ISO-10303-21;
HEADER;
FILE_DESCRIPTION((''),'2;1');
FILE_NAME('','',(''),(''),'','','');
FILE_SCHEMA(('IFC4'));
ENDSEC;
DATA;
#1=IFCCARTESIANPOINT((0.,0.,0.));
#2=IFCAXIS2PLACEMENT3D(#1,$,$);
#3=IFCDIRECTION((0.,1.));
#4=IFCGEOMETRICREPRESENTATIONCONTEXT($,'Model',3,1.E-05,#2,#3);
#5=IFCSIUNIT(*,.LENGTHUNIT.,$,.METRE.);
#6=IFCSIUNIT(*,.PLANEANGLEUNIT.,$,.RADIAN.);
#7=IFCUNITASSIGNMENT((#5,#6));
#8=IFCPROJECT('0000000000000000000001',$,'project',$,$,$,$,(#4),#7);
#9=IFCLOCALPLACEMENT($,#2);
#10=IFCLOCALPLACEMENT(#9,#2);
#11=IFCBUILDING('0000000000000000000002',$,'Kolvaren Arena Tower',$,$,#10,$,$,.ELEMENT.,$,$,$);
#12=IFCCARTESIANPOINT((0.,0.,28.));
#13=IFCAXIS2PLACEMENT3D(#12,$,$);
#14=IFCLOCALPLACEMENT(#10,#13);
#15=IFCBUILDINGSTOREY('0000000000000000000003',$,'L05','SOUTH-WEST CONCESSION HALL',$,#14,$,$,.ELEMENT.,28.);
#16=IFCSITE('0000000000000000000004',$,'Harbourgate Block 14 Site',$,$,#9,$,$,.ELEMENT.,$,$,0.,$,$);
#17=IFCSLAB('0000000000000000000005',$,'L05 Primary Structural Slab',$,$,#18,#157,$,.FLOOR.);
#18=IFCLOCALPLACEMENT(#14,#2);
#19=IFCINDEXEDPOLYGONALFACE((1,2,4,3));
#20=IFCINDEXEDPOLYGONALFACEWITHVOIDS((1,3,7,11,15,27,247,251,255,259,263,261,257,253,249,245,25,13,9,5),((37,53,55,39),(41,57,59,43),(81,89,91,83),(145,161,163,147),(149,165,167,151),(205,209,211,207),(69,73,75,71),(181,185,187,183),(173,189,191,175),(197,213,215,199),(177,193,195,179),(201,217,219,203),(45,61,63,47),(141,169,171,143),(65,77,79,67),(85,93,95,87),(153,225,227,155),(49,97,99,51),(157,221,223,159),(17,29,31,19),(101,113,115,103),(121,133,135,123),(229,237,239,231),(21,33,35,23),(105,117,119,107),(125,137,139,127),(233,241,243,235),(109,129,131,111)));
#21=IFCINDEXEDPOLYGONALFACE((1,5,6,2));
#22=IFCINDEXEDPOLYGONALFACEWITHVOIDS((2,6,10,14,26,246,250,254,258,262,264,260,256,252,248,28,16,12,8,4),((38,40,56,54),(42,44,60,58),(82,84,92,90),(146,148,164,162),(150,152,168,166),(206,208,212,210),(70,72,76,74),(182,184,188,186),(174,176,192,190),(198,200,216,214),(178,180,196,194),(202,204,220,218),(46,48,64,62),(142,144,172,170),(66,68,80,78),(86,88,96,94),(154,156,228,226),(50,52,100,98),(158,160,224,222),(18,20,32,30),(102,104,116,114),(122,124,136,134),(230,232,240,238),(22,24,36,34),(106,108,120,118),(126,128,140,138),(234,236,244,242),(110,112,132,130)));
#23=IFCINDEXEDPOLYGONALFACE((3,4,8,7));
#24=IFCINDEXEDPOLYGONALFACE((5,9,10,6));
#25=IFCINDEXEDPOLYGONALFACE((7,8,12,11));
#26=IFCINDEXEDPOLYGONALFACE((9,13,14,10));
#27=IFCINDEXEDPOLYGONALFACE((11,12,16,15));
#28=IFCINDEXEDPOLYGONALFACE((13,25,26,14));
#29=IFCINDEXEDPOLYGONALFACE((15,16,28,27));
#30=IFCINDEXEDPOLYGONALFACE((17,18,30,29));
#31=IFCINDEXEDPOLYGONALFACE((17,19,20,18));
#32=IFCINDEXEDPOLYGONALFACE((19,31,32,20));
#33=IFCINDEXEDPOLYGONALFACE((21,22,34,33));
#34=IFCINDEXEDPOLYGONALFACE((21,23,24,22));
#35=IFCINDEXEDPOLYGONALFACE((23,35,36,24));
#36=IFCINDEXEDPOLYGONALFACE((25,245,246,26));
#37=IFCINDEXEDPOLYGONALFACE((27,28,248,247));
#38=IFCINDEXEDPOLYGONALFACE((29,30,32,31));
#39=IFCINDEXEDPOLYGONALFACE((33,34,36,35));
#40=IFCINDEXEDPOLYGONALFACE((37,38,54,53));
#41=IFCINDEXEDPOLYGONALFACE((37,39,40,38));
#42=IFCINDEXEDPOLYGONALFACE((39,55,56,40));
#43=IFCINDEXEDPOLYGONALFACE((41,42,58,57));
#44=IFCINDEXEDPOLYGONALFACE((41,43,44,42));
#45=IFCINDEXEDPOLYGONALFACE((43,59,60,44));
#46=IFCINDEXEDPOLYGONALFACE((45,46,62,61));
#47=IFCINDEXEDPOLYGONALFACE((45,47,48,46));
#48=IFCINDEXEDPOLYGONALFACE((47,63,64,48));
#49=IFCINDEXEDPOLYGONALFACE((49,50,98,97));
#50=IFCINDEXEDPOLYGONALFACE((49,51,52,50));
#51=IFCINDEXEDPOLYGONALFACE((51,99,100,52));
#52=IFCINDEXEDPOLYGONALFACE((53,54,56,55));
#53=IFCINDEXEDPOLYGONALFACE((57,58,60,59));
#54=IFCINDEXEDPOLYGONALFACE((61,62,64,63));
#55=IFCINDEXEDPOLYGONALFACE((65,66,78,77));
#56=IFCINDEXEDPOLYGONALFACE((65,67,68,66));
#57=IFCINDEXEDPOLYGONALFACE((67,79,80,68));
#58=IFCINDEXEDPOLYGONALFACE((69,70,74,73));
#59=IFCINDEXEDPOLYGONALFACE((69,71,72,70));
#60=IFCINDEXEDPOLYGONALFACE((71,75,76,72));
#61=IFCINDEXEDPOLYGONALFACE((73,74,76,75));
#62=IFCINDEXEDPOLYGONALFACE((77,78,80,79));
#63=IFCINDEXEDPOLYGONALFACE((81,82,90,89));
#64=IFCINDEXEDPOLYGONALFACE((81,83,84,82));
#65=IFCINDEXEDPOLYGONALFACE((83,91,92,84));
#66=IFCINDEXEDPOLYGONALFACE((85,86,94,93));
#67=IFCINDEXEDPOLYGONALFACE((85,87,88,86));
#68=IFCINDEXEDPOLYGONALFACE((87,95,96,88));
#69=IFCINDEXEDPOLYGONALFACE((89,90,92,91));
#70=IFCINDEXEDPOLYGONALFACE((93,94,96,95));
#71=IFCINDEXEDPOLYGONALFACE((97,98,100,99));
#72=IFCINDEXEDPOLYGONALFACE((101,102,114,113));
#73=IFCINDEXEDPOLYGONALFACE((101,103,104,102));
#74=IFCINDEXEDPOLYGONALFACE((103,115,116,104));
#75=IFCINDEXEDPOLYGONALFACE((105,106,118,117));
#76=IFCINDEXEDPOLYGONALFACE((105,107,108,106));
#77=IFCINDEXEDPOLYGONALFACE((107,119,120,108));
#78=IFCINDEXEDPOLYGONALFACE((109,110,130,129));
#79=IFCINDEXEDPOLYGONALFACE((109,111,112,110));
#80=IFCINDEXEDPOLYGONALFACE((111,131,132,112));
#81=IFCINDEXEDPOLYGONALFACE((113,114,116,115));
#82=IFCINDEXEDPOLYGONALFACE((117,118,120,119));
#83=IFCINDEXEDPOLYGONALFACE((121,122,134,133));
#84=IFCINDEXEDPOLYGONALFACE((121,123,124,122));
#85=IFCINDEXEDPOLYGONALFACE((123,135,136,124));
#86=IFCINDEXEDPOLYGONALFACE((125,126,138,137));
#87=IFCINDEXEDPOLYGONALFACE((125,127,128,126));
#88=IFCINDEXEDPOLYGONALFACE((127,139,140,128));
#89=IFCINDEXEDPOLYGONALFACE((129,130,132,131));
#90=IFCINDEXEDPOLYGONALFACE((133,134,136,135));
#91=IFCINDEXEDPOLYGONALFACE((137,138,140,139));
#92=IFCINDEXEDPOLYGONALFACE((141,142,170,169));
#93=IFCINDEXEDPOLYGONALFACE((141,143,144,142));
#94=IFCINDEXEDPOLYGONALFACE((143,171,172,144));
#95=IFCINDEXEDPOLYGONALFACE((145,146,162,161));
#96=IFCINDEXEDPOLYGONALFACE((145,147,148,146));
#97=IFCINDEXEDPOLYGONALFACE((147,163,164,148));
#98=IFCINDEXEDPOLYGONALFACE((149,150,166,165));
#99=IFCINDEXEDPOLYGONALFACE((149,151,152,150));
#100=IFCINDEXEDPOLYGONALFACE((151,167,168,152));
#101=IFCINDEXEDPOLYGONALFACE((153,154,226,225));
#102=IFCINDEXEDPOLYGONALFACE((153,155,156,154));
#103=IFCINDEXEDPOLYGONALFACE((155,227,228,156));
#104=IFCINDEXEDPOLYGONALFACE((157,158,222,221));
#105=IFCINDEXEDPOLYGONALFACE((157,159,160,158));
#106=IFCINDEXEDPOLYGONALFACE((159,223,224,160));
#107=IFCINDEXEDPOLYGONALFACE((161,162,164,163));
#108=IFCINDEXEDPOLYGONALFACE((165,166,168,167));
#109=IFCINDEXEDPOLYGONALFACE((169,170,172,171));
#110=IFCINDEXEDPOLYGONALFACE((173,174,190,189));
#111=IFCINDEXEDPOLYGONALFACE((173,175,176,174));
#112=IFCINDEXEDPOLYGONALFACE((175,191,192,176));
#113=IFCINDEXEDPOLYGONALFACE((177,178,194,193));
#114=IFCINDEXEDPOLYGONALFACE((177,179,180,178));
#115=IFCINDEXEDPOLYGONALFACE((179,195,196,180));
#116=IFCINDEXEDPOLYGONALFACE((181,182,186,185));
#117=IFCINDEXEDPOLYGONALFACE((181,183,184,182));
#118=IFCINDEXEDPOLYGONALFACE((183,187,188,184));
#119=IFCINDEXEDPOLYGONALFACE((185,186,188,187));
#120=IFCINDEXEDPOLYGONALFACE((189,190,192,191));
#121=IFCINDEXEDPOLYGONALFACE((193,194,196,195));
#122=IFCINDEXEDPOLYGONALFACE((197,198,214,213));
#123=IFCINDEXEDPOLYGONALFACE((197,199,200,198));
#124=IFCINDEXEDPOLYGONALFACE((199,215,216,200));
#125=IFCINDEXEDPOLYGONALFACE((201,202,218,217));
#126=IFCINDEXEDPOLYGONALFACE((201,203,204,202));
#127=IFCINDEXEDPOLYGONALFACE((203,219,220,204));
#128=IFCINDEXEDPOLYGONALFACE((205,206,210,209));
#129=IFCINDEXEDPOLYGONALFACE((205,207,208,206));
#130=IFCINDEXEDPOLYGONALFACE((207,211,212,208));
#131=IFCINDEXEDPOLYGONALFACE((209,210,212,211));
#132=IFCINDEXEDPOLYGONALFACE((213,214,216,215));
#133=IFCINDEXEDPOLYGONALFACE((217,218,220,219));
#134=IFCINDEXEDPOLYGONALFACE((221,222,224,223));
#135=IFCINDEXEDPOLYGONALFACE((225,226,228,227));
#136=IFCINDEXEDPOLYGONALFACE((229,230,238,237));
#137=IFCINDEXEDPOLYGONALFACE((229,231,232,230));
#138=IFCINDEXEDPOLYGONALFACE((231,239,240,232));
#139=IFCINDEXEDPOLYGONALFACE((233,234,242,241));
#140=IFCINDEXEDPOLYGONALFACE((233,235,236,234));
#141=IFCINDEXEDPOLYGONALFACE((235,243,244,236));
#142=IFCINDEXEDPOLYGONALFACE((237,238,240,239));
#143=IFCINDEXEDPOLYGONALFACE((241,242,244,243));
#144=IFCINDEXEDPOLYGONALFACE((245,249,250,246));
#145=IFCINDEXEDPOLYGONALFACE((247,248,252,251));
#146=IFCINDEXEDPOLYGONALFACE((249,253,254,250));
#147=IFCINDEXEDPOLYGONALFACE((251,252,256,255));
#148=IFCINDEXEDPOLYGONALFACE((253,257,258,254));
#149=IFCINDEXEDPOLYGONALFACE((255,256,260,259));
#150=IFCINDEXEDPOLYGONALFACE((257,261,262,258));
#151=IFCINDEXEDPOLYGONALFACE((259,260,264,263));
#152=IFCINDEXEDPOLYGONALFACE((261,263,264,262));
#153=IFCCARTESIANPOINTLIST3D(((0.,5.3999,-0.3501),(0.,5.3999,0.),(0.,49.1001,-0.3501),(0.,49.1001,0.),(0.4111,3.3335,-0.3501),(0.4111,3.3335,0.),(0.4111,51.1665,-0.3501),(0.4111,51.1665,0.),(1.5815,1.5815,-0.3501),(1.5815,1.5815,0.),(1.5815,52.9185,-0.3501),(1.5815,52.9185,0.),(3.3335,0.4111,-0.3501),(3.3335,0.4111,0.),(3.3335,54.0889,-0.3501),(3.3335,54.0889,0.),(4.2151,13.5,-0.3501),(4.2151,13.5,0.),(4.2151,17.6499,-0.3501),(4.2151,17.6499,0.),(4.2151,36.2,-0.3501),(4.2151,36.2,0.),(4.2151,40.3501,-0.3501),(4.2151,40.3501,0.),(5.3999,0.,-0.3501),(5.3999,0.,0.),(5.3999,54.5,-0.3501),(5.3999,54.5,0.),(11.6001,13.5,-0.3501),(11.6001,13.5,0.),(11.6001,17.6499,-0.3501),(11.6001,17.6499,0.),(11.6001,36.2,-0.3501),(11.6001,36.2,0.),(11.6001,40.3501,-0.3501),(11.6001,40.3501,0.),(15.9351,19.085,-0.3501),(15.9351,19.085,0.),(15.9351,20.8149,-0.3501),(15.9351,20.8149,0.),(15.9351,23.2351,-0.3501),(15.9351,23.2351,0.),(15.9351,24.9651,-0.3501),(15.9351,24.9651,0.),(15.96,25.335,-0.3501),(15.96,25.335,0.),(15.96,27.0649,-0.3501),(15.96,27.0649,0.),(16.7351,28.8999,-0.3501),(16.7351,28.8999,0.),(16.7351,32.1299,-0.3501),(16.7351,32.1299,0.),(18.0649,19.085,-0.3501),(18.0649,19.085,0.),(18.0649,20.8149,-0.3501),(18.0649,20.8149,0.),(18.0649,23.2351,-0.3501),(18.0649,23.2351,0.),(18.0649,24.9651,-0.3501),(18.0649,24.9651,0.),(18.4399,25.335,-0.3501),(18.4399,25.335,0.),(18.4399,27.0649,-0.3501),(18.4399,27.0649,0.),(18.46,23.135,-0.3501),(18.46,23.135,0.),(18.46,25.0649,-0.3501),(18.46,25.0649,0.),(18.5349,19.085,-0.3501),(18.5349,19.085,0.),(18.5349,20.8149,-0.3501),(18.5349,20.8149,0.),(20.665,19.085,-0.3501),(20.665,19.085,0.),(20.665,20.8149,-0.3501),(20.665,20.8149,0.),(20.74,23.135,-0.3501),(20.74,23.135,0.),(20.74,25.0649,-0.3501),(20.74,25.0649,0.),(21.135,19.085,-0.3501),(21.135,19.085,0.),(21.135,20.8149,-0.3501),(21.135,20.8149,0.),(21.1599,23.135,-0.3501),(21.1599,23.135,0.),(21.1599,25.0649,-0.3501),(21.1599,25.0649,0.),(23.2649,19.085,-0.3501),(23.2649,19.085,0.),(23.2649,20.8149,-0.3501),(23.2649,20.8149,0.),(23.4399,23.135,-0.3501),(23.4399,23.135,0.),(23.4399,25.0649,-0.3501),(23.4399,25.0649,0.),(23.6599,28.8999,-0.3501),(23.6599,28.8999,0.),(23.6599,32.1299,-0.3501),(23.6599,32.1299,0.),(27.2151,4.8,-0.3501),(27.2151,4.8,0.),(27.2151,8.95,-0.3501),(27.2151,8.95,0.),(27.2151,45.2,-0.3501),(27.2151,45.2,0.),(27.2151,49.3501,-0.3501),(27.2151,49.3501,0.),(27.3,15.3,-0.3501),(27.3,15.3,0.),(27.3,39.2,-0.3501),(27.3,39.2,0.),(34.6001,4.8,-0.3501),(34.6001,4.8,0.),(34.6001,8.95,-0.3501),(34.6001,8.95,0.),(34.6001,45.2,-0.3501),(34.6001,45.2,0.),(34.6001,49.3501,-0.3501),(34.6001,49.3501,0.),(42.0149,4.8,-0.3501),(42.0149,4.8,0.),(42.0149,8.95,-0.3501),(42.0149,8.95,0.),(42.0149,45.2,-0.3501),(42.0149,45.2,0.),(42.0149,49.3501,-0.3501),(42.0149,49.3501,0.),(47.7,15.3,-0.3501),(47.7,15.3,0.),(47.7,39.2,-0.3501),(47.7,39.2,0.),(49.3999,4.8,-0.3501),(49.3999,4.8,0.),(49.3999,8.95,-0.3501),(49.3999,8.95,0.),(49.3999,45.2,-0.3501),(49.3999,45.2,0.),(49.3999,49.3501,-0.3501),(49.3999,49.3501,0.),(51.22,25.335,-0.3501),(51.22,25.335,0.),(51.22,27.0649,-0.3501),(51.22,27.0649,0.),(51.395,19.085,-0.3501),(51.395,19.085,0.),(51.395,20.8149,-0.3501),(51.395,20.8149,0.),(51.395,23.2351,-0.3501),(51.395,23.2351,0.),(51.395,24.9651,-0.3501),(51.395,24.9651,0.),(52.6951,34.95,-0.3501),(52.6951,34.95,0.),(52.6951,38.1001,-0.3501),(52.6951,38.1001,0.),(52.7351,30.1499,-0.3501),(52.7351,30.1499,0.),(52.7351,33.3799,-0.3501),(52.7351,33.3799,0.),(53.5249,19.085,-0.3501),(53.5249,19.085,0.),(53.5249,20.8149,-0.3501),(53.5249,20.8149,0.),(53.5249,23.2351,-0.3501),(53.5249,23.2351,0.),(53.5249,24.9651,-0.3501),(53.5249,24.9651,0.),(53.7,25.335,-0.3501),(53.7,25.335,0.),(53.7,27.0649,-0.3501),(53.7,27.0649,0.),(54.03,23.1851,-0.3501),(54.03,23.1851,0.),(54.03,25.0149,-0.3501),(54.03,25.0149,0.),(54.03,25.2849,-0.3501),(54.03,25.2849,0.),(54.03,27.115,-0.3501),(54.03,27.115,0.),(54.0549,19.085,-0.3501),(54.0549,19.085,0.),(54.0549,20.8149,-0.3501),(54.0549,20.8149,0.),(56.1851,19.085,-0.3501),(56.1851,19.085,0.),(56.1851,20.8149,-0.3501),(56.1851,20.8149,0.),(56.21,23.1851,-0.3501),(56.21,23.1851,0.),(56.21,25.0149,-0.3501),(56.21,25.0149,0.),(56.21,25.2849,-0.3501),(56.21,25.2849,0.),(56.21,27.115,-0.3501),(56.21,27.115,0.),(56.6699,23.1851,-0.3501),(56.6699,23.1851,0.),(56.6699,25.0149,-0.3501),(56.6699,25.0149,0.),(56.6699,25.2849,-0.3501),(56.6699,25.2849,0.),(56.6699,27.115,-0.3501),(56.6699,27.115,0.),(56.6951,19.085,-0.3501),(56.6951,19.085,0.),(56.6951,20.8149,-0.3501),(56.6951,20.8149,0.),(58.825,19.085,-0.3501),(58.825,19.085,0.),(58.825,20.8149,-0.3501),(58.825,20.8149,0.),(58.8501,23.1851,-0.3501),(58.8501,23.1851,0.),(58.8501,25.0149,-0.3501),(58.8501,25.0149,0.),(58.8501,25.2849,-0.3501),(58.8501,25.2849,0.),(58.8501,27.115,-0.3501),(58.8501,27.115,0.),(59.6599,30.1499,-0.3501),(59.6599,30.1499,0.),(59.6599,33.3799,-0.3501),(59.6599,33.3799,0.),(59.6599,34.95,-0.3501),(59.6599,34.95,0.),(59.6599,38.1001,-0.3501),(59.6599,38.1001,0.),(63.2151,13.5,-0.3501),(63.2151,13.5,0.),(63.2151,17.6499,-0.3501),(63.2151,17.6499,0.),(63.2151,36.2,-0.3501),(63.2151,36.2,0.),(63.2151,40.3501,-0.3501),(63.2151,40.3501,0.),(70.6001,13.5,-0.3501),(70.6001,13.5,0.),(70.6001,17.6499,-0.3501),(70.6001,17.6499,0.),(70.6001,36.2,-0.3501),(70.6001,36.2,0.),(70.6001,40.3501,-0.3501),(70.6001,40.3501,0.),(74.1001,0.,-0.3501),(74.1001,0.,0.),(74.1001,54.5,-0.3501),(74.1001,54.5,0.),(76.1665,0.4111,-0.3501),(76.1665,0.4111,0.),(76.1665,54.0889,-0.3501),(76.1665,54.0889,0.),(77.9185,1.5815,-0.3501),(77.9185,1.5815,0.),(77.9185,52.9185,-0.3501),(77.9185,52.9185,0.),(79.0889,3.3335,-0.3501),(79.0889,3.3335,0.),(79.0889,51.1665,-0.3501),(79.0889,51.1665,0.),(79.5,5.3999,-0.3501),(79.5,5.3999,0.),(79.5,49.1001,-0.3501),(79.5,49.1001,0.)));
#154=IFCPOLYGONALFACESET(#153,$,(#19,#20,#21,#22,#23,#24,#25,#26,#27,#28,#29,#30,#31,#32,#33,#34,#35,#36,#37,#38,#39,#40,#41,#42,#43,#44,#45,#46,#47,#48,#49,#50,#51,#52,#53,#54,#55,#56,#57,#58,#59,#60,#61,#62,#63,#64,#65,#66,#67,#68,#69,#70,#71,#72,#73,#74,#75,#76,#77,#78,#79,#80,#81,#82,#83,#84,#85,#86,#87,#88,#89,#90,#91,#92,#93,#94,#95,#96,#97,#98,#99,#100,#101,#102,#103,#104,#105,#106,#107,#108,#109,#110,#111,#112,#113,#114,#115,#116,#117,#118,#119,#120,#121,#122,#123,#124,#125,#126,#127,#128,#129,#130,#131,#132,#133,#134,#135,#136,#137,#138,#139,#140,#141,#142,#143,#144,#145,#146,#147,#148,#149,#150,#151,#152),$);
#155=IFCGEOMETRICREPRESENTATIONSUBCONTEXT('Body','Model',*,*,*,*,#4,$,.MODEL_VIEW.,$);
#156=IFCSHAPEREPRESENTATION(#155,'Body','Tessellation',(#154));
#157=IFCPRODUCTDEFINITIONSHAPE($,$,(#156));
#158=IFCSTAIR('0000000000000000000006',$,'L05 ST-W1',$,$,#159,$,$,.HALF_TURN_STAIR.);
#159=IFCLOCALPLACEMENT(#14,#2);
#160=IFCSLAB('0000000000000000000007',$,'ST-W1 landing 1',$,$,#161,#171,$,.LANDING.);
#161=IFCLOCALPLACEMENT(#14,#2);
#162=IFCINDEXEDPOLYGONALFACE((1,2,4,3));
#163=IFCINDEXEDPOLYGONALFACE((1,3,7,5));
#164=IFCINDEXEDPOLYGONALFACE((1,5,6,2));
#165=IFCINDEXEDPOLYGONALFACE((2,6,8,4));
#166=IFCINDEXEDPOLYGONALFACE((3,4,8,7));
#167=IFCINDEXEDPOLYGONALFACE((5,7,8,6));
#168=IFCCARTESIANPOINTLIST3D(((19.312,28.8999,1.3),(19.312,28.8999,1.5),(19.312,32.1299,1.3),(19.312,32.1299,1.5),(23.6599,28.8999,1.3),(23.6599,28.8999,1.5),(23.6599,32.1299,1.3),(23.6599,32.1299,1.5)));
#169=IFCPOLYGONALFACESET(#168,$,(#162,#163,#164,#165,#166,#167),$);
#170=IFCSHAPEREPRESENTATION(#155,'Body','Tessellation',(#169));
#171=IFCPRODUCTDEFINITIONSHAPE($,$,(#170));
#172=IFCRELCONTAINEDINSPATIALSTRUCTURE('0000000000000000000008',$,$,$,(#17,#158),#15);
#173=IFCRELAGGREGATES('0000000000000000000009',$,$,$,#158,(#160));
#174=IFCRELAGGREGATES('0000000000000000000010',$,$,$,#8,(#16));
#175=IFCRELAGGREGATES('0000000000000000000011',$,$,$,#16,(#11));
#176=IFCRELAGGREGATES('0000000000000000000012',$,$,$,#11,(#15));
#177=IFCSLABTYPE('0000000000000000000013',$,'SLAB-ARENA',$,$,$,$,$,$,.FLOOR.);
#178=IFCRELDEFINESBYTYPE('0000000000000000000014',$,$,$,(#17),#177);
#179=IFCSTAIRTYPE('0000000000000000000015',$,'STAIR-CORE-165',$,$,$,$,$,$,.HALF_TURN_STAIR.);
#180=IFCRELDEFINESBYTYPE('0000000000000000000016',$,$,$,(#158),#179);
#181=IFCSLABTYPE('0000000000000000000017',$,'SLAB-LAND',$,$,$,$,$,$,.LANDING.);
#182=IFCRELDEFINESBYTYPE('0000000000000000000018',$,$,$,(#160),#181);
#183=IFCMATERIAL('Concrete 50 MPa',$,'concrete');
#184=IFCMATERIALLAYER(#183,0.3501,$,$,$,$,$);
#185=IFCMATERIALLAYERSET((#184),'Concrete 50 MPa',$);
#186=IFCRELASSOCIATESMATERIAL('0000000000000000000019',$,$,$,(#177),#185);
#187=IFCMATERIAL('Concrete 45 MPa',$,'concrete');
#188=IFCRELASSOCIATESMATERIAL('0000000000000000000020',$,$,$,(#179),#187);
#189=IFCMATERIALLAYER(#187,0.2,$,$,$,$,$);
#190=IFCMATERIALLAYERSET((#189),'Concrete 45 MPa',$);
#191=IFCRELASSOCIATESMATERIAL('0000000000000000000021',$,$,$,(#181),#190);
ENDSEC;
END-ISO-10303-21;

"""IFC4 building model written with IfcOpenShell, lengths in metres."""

from ifc_helpers import new_model, si_unit, direction, frame, origin, place, context, subcontext, project, spatial, polyline, outline, extrude, material, layer, layer_set, type_object, element, aggregate, save


model = new_model("IFC4")

# Units and contexts
model_context = context("Model", 3, precision=1e-05, world=origin(), true_north=direction((0.0, 1.0)))
body_context = subcontext(model_context, "Body", "Model", "MODEL_VIEW")
ifc_project = project(units=[si_unit("LENGTHUNIT", "METRE"), si_unit("PLANEANGLEUNIT", "RADIAN")], contexts=[model_context])

# Site, building, storey
site_placement = place(None, origin())
site = spatial("IfcSite", under=ifc_project, at=site_placement, Name="Harbourgate Block 14 Site", CompositionType="ELEMENT", RefElevation=0.0)
building_placement = place(site_placement, origin())
building = spatial("IfcBuilding", under=site, at=building_placement, Name="Kolvaren Arena Tower", CompositionType="ELEMENT")
storey_placement = place(building_placement, frame((0.0, 0.0, 28.0)))
storey = spatial("IfcBuildingStorey", under=building, at=storey_placement, Name="L05", Description="SOUTH-WEST CONCESSION HALL", CompositionType="ELEMENT", Elevation=28.0)

# Slab
ifc_material_1 = material(Name="Concrete 50 MPa", Category="concrete")
ifc_layer_1 = layer(ifc_material_1, 0.3501)
ifc_layer_set_1 = layer_set([ifc_layer_1], Name="Concrete 50 MPa")
slab_type_1 = type_object("IfcSlabType", Name="SLAB-ARENA", PredefinedType="FLOOR", material=ifc_layer_set_1)
slab_1_placement = place(storey_placement, frame((0.0, 0.0, -0.3501)))
element("IfcSlab", 1, at=slab_1_placement, inside=storey, type_object=slab_type_1, Name="L05 Primary Structural Slab", PredefinedType="FLOOR", context=body_context, shape_type="SweptSolid", body=[
    extrude(outline(polyline([(74.1001, 0.0), (76.1665, 0.4111), (77.9185, 1.5815), (79.0889, 3.3335), (79.5, 5.3999), (79.5, 49.1001), (79.0889, 51.1665), (77.9185, 52.9185), (76.1665, 54.0889), (74.1001, 54.5), (5.3999, 54.5), (3.3335, 54.0889), (1.5815, 52.9185), (0.4111, 51.1665), (0.0, 49.1001), (0.0, 5.3999), (0.4111, 3.3335), (1.5815, 1.5815), (3.3335, 0.4111), (5.3999, 0.0), (74.1001, 0.0)]), holes=[polyline([(27.2151, 4.8), (27.2151, 8.95), (34.6001, 8.95), (34.6001, 4.8), (27.2151, 4.8)]), polyline([(42.0149, 4.8), (42.0149, 8.95), (49.3999, 8.95), (49.3999, 4.8), (42.0149, 4.8)]), polyline([(4.2151, 17.6499), (11.6001, 17.6499), (11.6001, 13.5), (4.2151, 13.5), (4.2151, 17.6499)]), polyline([(63.2151, 17.6499), (70.6001, 17.6499), (70.6001, 13.5), (63.2151, 13.5), (63.2151, 17.6499)]), polyline([(27.3, 39.2), (47.7, 39.2), (47.7, 15.3), (27.3, 15.3), (27.3, 39.2)]), polyline([(15.9351, 20.8149), (18.0649, 20.8149), (18.0649, 19.085), (15.9351, 19.085), (15.9351, 20.8149)]), polyline([(18.5349, 20.8149), (20.665, 20.8149), (20.665, 19.085), (18.5349, 19.085), (18.5349, 20.8149)]), polyline([(21.135, 20.8149), (23.2649, 20.8149), (23.2649, 19.085), (21.135, 19.085), (21.135, 20.8149)]), polyline([(51.395, 20.8149), (53.5249, 20.8149), (53.5249, 19.085), (51.395, 19.085), (51.395, 20.8149)]), polyline([(54.0549, 20.8149), (56.1851, 20.8149), (56.1851, 19.085), (54.0549, 19.085), (54.0549, 20.8149)]), polyline([(56.6951, 20.8149), (58.825, 20.8149), (58.825, 19.085), (56.6951, 19.085), (56.6951, 20.8149)]), polyline([(18.46, 25.0649), (20.74, 25.0649), (20.74, 23.135), (18.46, 23.135), (18.46, 25.0649)]), polyline([(21.1599, 23.135), (21.1599, 25.0649), (23.4399, 25.0649), (23.4399, 23.135), (21.1599, 23.135)]), polyline([(54.03, 25.0149), (56.21, 25.0149), (56.21, 23.1851), (54.03, 23.1851), (54.03, 25.0149)]), polyline([(56.6699, 23.1851), (56.6699, 25.0149), (58.8501, 25.0149), (58.8501, 23.1851), (56.6699, 23.1851)]), polyline([(15.9351, 24.9651), (18.0649, 24.9651), (18.0649, 23.2351), (15.9351, 23.2351), (15.9351, 24.9651)]), polyline([(51.395, 24.9651), (53.5249, 24.9651), (53.5249, 23.2351), (51.395, 23.2351), (51.395, 24.9651)]), polyline([(54.03, 27.115), (56.21, 27.115), (56.21, 25.2849), (54.03, 25.2849), (54.03, 27.115)]), polyline([(56.6699, 27.115), (58.8501, 27.115), (58.8501, 25.2849), (56.6699, 25.2849), (56.6699, 27.115)]), polyline([(15.96, 27.0649), (18.4399, 27.0649), (18.4399, 25.335), (15.96, 25.335), (15.96, 27.0649)]), polyline([(51.22, 27.0649), (53.7, 27.0649), (53.7, 25.335), (51.22, 25.335), (51.22, 27.0649)]), polyline([(16.7351, 32.1299), (23.6599, 32.1299), (23.6599, 28.8999), (16.7351, 28.8999), (16.7351, 32.1299)]), polyline([(52.7351, 33.3799), (59.6599, 33.3799), (59.6599, 30.1499), (52.7351, 30.1499), (52.7351, 33.3799)]), polyline([(52.6951, 38.1001), (59.6599, 38.1001), (59.6599, 34.95), (52.6951, 34.95), (52.6951, 38.1001)]), polyline([(4.2151, 40.3501), (11.6001, 40.3501), (11.6001, 36.2), (4.2151, 36.2), (4.2151, 40.3501)]), polyline([(63.2151, 40.3501), (70.6001, 40.3501), (70.6001, 36.2), (63.2151, 36.2), (63.2151, 40.3501)]), polyline([(27.2151, 49.3501), (34.6001, 49.3501), (34.6001, 45.2), (27.2151, 45.2), (27.2151, 49.3501)]), polyline([(42.0149, 49.3501), (49.3999, 49.3501), (49.3999, 45.2), (42.0149, 45.2), (42.0149, 49.3501)])]), origin(), (0.0, 0.0, 1.0), 0.3501),
])

# Stair, slab
ifc_material_2 = material(Name="Concrete 45 MPa", Category="concrete")
stair_type_1 = type_object("IfcStairType", Name="STAIR-CORE-165", PredefinedType="HALF_TURN_STAIR", material=ifc_material_2)
stair_1_placement = place(storey_placement, origin())
stair_1 = element("IfcStair", 2, at=stair_1_placement, inside=storey, type_object=stair_type_1, Name="L05 ST-W1", PredefinedType="HALF_TURN_STAIR")
ifc_layer_2 = layer(ifc_material_2, 0.2)
ifc_layer_set_2 = layer_set([ifc_layer_2], Name="Concrete 45 MPa")
slab_type_2 = type_object("IfcSlabType", Name="SLAB-LAND", PredefinedType="LANDING", material=ifc_layer_set_2)
slab_2_placement = place(storey_placement, frame((0.0, 0.0, 1.3)))
slab_2 = element("IfcSlab", 3, at=slab_2_placement, type_object=slab_type_2, Name="ST-W1 landing 1", PredefinedType="LANDING", context=body_context, shape_type="SweptSolid", body=[
    extrude(outline(polyline([(19.312, 28.8999), (23.6599, 28.8999), (23.6599, 32.1299), (19.312, 32.1299), (19.312, 28.8999)])), origin(), (0.0, 0.0, 1.0), 0.2),
])
aggregate(stair_1, [slab_2])

save(model, "model.ifc")
